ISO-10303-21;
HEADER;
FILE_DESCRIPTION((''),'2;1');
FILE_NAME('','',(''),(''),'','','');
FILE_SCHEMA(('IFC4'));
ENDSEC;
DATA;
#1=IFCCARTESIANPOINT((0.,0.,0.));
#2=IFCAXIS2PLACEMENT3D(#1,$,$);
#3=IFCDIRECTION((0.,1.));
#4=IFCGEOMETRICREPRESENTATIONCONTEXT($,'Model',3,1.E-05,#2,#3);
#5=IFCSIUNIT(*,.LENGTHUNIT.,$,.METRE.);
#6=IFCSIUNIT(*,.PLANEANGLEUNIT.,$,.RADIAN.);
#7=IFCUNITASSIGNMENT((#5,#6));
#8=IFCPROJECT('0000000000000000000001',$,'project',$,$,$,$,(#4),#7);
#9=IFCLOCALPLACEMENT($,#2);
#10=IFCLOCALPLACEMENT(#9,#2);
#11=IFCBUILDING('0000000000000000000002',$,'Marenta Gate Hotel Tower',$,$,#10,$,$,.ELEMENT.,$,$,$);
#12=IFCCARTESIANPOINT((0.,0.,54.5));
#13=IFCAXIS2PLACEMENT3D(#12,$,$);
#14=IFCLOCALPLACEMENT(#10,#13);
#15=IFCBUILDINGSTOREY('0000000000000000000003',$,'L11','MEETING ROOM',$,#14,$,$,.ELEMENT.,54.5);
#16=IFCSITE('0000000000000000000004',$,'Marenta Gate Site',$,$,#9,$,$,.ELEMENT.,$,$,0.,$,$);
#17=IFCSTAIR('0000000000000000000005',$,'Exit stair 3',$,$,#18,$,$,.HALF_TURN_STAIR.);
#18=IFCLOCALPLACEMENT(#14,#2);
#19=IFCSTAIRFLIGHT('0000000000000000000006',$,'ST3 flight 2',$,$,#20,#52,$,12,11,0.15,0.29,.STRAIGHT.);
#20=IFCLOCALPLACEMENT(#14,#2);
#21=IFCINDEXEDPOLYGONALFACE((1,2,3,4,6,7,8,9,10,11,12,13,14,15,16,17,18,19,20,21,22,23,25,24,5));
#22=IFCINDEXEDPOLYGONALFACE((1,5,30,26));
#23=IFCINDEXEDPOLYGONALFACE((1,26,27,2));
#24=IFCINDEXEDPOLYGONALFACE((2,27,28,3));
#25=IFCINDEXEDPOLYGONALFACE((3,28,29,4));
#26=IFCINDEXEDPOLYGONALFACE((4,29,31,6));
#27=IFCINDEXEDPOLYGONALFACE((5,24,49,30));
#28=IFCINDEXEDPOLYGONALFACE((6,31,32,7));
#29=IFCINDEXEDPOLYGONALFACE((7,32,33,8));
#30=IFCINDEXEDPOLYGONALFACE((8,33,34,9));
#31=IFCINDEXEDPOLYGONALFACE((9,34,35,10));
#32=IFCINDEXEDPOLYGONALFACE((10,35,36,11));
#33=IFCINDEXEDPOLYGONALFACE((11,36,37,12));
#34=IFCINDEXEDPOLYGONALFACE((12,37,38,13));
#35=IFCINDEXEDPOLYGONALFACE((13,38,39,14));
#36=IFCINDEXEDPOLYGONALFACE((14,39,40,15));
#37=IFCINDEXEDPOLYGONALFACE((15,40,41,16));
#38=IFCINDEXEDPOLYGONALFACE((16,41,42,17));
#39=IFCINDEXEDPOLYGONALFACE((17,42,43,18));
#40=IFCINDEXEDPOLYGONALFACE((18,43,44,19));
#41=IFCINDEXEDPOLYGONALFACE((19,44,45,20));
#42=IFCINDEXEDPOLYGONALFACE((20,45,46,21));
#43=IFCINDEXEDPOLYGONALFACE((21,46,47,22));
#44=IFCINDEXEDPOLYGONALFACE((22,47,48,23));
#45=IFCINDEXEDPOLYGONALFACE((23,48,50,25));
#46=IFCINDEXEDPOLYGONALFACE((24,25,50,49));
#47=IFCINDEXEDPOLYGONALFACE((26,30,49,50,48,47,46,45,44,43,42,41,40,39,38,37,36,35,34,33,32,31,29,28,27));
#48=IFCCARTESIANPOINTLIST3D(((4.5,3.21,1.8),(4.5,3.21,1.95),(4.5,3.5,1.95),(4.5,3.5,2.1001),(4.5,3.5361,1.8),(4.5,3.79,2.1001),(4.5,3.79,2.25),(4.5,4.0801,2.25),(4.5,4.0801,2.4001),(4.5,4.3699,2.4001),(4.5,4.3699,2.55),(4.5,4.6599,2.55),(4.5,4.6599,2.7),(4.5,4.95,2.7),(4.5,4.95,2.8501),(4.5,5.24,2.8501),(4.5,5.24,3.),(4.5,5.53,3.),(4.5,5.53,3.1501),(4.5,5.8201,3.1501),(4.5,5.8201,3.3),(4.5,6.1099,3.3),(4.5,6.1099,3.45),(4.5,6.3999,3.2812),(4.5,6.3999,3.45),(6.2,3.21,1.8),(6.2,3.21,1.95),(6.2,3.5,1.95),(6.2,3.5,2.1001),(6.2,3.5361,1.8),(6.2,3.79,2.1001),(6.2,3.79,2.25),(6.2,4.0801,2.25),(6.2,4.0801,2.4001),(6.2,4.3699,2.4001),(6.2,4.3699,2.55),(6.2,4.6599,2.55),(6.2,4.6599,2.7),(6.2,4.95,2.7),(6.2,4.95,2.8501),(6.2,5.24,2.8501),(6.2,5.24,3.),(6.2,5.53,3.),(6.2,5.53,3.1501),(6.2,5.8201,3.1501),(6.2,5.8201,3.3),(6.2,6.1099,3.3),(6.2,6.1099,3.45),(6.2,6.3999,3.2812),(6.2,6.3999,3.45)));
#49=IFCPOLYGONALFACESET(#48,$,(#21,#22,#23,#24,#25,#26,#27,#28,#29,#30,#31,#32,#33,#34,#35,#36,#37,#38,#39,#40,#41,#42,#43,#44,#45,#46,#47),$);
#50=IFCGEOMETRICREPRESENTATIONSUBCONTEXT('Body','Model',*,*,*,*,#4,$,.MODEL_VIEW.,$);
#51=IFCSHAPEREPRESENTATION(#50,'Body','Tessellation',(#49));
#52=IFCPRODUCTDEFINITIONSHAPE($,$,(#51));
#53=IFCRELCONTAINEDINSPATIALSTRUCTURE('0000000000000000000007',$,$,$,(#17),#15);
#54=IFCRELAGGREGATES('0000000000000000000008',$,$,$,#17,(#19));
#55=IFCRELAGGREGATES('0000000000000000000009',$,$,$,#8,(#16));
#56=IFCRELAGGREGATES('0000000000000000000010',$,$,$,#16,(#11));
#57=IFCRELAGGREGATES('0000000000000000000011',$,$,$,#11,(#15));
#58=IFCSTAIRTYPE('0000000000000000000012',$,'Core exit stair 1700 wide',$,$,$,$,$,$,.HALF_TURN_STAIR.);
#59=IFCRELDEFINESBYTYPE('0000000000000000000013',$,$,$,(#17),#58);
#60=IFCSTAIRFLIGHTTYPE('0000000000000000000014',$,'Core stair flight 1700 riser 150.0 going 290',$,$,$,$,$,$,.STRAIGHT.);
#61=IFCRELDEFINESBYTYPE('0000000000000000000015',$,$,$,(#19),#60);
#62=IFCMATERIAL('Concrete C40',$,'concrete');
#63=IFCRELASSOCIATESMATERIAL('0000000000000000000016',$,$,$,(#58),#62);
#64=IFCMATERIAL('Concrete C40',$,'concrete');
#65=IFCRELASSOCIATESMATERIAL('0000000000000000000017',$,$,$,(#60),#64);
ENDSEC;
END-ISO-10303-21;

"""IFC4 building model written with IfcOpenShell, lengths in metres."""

from ifc_helpers import new_model, si_unit, direction, frame, origin, place, context, subcontext, project, spatial, polyline, outline, extrude, material, type_object, element, aggregate, save


model = new_model("IFC4")

# Units and contexts
model_context = context("Model", 3, precision=1e-05, world=origin(), true_north=direction((0.0, 1.0)))
body_context = subcontext(model_context, "Body", "Model", "MODEL_VIEW")
ifc_project = project(units=[si_unit("LENGTHUNIT", "METRE"), si_unit("PLANEANGLEUNIT", "RADIAN")], contexts=[model_context])

# Site, building, storey
site_placement = place(None, origin())
site = spatial("IfcSite", under=ifc_project, at=site_placement, Name="Marenta Gate Site", CompositionType="ELEMENT", RefElevation=0.0)
building_placement = place(site_placement, origin())
building = spatial("IfcBuilding", under=site, at=building_placement, Name="Marenta Gate Hotel Tower", CompositionType="ELEMENT")
storey_placement = place(building_placement, frame((0.0, 0.0, 54.5)))
storey = spatial("IfcBuildingStorey", under=building, at=storey_placement, Name="L11", Description="MEETING ROOM", CompositionType="ELEMENT", Elevation=54.5)

# Stair, stair flight
ifc_material_1 = material(Name="Concrete C40", Category="concrete")
stair_type = type_object("IfcStairType", Name="Core exit stair 1700 wide", PredefinedType="HALF_TURN_STAIR", material=ifc_material_1)
stair_placement = place(storey_placement, origin())
stair = element("IfcStair", 1, at=stair_placement, inside=storey, type_object=stair_type, Name="Exit stair 3", PredefinedType="HALF_TURN_STAIR")
ifc_material_2 = material(Name="Concrete C40", Category="concrete")
stair_flight_type = type_object("IfcStairFlightType", Name="Core stair flight 1700 riser 150.0 going 290", PredefinedType="STRAIGHT", material=ifc_material_2)
stair_flight_1_placement = place(storey_placement, frame((5.3501, 3.21, 1.8), z_axis=(0.0, 0.0, 1.0), x_axis=(0.0, 1.0, 0.0)))
stair_flight_1 = element("IfcStairFlight", 2, at=stair_flight_1_placement, type_object=stair_flight_type, Name="ST3 flight 2", NumberOfRisers=12, NumberOfTreads=11, PredefinedType="STRAIGHT", RiserHeight=0.15, TreadLength=0.29, context=body_context, shape_type="SweptSolid", body=[
    extrude(outline(polyline([(0.0, 0.0), (0.0, 0.1499), (0.29, 0.1499), (0.29, 0.3), (0.5801, 0.3), (0.5801, 0.45), (0.8701, 0.45), (0.8701, 0.6001), (1.1599, 0.6001), (1.1599, 0.75), (1.45, 0.75), (1.45, 0.8999), (1.74, 0.8999), (1.74, 1.05), (2.03, 1.05), (2.03, 1.2), (2.3201, 1.2), (2.3201, 1.3501), (2.6101, 1.3501), (2.6101, 1.5), (2.8999, 1.5), (2.8999, 1.6499), (3.1899, 1.6499), (3.1899, 1.8), (3.1899, 1.4812), (0.3262, 0.0), (0.0, 0.0)])), frame((0.0, 0.8501, 0.0), z_axis=(0.0, -1.0, 0.0), x_axis=(1.0, 0.0, 0.0)), (0.0, 0.0, 1.0), 1.7),
])
aggregate(stair, [stair_flight_1])

save(model, "model.ifc")
